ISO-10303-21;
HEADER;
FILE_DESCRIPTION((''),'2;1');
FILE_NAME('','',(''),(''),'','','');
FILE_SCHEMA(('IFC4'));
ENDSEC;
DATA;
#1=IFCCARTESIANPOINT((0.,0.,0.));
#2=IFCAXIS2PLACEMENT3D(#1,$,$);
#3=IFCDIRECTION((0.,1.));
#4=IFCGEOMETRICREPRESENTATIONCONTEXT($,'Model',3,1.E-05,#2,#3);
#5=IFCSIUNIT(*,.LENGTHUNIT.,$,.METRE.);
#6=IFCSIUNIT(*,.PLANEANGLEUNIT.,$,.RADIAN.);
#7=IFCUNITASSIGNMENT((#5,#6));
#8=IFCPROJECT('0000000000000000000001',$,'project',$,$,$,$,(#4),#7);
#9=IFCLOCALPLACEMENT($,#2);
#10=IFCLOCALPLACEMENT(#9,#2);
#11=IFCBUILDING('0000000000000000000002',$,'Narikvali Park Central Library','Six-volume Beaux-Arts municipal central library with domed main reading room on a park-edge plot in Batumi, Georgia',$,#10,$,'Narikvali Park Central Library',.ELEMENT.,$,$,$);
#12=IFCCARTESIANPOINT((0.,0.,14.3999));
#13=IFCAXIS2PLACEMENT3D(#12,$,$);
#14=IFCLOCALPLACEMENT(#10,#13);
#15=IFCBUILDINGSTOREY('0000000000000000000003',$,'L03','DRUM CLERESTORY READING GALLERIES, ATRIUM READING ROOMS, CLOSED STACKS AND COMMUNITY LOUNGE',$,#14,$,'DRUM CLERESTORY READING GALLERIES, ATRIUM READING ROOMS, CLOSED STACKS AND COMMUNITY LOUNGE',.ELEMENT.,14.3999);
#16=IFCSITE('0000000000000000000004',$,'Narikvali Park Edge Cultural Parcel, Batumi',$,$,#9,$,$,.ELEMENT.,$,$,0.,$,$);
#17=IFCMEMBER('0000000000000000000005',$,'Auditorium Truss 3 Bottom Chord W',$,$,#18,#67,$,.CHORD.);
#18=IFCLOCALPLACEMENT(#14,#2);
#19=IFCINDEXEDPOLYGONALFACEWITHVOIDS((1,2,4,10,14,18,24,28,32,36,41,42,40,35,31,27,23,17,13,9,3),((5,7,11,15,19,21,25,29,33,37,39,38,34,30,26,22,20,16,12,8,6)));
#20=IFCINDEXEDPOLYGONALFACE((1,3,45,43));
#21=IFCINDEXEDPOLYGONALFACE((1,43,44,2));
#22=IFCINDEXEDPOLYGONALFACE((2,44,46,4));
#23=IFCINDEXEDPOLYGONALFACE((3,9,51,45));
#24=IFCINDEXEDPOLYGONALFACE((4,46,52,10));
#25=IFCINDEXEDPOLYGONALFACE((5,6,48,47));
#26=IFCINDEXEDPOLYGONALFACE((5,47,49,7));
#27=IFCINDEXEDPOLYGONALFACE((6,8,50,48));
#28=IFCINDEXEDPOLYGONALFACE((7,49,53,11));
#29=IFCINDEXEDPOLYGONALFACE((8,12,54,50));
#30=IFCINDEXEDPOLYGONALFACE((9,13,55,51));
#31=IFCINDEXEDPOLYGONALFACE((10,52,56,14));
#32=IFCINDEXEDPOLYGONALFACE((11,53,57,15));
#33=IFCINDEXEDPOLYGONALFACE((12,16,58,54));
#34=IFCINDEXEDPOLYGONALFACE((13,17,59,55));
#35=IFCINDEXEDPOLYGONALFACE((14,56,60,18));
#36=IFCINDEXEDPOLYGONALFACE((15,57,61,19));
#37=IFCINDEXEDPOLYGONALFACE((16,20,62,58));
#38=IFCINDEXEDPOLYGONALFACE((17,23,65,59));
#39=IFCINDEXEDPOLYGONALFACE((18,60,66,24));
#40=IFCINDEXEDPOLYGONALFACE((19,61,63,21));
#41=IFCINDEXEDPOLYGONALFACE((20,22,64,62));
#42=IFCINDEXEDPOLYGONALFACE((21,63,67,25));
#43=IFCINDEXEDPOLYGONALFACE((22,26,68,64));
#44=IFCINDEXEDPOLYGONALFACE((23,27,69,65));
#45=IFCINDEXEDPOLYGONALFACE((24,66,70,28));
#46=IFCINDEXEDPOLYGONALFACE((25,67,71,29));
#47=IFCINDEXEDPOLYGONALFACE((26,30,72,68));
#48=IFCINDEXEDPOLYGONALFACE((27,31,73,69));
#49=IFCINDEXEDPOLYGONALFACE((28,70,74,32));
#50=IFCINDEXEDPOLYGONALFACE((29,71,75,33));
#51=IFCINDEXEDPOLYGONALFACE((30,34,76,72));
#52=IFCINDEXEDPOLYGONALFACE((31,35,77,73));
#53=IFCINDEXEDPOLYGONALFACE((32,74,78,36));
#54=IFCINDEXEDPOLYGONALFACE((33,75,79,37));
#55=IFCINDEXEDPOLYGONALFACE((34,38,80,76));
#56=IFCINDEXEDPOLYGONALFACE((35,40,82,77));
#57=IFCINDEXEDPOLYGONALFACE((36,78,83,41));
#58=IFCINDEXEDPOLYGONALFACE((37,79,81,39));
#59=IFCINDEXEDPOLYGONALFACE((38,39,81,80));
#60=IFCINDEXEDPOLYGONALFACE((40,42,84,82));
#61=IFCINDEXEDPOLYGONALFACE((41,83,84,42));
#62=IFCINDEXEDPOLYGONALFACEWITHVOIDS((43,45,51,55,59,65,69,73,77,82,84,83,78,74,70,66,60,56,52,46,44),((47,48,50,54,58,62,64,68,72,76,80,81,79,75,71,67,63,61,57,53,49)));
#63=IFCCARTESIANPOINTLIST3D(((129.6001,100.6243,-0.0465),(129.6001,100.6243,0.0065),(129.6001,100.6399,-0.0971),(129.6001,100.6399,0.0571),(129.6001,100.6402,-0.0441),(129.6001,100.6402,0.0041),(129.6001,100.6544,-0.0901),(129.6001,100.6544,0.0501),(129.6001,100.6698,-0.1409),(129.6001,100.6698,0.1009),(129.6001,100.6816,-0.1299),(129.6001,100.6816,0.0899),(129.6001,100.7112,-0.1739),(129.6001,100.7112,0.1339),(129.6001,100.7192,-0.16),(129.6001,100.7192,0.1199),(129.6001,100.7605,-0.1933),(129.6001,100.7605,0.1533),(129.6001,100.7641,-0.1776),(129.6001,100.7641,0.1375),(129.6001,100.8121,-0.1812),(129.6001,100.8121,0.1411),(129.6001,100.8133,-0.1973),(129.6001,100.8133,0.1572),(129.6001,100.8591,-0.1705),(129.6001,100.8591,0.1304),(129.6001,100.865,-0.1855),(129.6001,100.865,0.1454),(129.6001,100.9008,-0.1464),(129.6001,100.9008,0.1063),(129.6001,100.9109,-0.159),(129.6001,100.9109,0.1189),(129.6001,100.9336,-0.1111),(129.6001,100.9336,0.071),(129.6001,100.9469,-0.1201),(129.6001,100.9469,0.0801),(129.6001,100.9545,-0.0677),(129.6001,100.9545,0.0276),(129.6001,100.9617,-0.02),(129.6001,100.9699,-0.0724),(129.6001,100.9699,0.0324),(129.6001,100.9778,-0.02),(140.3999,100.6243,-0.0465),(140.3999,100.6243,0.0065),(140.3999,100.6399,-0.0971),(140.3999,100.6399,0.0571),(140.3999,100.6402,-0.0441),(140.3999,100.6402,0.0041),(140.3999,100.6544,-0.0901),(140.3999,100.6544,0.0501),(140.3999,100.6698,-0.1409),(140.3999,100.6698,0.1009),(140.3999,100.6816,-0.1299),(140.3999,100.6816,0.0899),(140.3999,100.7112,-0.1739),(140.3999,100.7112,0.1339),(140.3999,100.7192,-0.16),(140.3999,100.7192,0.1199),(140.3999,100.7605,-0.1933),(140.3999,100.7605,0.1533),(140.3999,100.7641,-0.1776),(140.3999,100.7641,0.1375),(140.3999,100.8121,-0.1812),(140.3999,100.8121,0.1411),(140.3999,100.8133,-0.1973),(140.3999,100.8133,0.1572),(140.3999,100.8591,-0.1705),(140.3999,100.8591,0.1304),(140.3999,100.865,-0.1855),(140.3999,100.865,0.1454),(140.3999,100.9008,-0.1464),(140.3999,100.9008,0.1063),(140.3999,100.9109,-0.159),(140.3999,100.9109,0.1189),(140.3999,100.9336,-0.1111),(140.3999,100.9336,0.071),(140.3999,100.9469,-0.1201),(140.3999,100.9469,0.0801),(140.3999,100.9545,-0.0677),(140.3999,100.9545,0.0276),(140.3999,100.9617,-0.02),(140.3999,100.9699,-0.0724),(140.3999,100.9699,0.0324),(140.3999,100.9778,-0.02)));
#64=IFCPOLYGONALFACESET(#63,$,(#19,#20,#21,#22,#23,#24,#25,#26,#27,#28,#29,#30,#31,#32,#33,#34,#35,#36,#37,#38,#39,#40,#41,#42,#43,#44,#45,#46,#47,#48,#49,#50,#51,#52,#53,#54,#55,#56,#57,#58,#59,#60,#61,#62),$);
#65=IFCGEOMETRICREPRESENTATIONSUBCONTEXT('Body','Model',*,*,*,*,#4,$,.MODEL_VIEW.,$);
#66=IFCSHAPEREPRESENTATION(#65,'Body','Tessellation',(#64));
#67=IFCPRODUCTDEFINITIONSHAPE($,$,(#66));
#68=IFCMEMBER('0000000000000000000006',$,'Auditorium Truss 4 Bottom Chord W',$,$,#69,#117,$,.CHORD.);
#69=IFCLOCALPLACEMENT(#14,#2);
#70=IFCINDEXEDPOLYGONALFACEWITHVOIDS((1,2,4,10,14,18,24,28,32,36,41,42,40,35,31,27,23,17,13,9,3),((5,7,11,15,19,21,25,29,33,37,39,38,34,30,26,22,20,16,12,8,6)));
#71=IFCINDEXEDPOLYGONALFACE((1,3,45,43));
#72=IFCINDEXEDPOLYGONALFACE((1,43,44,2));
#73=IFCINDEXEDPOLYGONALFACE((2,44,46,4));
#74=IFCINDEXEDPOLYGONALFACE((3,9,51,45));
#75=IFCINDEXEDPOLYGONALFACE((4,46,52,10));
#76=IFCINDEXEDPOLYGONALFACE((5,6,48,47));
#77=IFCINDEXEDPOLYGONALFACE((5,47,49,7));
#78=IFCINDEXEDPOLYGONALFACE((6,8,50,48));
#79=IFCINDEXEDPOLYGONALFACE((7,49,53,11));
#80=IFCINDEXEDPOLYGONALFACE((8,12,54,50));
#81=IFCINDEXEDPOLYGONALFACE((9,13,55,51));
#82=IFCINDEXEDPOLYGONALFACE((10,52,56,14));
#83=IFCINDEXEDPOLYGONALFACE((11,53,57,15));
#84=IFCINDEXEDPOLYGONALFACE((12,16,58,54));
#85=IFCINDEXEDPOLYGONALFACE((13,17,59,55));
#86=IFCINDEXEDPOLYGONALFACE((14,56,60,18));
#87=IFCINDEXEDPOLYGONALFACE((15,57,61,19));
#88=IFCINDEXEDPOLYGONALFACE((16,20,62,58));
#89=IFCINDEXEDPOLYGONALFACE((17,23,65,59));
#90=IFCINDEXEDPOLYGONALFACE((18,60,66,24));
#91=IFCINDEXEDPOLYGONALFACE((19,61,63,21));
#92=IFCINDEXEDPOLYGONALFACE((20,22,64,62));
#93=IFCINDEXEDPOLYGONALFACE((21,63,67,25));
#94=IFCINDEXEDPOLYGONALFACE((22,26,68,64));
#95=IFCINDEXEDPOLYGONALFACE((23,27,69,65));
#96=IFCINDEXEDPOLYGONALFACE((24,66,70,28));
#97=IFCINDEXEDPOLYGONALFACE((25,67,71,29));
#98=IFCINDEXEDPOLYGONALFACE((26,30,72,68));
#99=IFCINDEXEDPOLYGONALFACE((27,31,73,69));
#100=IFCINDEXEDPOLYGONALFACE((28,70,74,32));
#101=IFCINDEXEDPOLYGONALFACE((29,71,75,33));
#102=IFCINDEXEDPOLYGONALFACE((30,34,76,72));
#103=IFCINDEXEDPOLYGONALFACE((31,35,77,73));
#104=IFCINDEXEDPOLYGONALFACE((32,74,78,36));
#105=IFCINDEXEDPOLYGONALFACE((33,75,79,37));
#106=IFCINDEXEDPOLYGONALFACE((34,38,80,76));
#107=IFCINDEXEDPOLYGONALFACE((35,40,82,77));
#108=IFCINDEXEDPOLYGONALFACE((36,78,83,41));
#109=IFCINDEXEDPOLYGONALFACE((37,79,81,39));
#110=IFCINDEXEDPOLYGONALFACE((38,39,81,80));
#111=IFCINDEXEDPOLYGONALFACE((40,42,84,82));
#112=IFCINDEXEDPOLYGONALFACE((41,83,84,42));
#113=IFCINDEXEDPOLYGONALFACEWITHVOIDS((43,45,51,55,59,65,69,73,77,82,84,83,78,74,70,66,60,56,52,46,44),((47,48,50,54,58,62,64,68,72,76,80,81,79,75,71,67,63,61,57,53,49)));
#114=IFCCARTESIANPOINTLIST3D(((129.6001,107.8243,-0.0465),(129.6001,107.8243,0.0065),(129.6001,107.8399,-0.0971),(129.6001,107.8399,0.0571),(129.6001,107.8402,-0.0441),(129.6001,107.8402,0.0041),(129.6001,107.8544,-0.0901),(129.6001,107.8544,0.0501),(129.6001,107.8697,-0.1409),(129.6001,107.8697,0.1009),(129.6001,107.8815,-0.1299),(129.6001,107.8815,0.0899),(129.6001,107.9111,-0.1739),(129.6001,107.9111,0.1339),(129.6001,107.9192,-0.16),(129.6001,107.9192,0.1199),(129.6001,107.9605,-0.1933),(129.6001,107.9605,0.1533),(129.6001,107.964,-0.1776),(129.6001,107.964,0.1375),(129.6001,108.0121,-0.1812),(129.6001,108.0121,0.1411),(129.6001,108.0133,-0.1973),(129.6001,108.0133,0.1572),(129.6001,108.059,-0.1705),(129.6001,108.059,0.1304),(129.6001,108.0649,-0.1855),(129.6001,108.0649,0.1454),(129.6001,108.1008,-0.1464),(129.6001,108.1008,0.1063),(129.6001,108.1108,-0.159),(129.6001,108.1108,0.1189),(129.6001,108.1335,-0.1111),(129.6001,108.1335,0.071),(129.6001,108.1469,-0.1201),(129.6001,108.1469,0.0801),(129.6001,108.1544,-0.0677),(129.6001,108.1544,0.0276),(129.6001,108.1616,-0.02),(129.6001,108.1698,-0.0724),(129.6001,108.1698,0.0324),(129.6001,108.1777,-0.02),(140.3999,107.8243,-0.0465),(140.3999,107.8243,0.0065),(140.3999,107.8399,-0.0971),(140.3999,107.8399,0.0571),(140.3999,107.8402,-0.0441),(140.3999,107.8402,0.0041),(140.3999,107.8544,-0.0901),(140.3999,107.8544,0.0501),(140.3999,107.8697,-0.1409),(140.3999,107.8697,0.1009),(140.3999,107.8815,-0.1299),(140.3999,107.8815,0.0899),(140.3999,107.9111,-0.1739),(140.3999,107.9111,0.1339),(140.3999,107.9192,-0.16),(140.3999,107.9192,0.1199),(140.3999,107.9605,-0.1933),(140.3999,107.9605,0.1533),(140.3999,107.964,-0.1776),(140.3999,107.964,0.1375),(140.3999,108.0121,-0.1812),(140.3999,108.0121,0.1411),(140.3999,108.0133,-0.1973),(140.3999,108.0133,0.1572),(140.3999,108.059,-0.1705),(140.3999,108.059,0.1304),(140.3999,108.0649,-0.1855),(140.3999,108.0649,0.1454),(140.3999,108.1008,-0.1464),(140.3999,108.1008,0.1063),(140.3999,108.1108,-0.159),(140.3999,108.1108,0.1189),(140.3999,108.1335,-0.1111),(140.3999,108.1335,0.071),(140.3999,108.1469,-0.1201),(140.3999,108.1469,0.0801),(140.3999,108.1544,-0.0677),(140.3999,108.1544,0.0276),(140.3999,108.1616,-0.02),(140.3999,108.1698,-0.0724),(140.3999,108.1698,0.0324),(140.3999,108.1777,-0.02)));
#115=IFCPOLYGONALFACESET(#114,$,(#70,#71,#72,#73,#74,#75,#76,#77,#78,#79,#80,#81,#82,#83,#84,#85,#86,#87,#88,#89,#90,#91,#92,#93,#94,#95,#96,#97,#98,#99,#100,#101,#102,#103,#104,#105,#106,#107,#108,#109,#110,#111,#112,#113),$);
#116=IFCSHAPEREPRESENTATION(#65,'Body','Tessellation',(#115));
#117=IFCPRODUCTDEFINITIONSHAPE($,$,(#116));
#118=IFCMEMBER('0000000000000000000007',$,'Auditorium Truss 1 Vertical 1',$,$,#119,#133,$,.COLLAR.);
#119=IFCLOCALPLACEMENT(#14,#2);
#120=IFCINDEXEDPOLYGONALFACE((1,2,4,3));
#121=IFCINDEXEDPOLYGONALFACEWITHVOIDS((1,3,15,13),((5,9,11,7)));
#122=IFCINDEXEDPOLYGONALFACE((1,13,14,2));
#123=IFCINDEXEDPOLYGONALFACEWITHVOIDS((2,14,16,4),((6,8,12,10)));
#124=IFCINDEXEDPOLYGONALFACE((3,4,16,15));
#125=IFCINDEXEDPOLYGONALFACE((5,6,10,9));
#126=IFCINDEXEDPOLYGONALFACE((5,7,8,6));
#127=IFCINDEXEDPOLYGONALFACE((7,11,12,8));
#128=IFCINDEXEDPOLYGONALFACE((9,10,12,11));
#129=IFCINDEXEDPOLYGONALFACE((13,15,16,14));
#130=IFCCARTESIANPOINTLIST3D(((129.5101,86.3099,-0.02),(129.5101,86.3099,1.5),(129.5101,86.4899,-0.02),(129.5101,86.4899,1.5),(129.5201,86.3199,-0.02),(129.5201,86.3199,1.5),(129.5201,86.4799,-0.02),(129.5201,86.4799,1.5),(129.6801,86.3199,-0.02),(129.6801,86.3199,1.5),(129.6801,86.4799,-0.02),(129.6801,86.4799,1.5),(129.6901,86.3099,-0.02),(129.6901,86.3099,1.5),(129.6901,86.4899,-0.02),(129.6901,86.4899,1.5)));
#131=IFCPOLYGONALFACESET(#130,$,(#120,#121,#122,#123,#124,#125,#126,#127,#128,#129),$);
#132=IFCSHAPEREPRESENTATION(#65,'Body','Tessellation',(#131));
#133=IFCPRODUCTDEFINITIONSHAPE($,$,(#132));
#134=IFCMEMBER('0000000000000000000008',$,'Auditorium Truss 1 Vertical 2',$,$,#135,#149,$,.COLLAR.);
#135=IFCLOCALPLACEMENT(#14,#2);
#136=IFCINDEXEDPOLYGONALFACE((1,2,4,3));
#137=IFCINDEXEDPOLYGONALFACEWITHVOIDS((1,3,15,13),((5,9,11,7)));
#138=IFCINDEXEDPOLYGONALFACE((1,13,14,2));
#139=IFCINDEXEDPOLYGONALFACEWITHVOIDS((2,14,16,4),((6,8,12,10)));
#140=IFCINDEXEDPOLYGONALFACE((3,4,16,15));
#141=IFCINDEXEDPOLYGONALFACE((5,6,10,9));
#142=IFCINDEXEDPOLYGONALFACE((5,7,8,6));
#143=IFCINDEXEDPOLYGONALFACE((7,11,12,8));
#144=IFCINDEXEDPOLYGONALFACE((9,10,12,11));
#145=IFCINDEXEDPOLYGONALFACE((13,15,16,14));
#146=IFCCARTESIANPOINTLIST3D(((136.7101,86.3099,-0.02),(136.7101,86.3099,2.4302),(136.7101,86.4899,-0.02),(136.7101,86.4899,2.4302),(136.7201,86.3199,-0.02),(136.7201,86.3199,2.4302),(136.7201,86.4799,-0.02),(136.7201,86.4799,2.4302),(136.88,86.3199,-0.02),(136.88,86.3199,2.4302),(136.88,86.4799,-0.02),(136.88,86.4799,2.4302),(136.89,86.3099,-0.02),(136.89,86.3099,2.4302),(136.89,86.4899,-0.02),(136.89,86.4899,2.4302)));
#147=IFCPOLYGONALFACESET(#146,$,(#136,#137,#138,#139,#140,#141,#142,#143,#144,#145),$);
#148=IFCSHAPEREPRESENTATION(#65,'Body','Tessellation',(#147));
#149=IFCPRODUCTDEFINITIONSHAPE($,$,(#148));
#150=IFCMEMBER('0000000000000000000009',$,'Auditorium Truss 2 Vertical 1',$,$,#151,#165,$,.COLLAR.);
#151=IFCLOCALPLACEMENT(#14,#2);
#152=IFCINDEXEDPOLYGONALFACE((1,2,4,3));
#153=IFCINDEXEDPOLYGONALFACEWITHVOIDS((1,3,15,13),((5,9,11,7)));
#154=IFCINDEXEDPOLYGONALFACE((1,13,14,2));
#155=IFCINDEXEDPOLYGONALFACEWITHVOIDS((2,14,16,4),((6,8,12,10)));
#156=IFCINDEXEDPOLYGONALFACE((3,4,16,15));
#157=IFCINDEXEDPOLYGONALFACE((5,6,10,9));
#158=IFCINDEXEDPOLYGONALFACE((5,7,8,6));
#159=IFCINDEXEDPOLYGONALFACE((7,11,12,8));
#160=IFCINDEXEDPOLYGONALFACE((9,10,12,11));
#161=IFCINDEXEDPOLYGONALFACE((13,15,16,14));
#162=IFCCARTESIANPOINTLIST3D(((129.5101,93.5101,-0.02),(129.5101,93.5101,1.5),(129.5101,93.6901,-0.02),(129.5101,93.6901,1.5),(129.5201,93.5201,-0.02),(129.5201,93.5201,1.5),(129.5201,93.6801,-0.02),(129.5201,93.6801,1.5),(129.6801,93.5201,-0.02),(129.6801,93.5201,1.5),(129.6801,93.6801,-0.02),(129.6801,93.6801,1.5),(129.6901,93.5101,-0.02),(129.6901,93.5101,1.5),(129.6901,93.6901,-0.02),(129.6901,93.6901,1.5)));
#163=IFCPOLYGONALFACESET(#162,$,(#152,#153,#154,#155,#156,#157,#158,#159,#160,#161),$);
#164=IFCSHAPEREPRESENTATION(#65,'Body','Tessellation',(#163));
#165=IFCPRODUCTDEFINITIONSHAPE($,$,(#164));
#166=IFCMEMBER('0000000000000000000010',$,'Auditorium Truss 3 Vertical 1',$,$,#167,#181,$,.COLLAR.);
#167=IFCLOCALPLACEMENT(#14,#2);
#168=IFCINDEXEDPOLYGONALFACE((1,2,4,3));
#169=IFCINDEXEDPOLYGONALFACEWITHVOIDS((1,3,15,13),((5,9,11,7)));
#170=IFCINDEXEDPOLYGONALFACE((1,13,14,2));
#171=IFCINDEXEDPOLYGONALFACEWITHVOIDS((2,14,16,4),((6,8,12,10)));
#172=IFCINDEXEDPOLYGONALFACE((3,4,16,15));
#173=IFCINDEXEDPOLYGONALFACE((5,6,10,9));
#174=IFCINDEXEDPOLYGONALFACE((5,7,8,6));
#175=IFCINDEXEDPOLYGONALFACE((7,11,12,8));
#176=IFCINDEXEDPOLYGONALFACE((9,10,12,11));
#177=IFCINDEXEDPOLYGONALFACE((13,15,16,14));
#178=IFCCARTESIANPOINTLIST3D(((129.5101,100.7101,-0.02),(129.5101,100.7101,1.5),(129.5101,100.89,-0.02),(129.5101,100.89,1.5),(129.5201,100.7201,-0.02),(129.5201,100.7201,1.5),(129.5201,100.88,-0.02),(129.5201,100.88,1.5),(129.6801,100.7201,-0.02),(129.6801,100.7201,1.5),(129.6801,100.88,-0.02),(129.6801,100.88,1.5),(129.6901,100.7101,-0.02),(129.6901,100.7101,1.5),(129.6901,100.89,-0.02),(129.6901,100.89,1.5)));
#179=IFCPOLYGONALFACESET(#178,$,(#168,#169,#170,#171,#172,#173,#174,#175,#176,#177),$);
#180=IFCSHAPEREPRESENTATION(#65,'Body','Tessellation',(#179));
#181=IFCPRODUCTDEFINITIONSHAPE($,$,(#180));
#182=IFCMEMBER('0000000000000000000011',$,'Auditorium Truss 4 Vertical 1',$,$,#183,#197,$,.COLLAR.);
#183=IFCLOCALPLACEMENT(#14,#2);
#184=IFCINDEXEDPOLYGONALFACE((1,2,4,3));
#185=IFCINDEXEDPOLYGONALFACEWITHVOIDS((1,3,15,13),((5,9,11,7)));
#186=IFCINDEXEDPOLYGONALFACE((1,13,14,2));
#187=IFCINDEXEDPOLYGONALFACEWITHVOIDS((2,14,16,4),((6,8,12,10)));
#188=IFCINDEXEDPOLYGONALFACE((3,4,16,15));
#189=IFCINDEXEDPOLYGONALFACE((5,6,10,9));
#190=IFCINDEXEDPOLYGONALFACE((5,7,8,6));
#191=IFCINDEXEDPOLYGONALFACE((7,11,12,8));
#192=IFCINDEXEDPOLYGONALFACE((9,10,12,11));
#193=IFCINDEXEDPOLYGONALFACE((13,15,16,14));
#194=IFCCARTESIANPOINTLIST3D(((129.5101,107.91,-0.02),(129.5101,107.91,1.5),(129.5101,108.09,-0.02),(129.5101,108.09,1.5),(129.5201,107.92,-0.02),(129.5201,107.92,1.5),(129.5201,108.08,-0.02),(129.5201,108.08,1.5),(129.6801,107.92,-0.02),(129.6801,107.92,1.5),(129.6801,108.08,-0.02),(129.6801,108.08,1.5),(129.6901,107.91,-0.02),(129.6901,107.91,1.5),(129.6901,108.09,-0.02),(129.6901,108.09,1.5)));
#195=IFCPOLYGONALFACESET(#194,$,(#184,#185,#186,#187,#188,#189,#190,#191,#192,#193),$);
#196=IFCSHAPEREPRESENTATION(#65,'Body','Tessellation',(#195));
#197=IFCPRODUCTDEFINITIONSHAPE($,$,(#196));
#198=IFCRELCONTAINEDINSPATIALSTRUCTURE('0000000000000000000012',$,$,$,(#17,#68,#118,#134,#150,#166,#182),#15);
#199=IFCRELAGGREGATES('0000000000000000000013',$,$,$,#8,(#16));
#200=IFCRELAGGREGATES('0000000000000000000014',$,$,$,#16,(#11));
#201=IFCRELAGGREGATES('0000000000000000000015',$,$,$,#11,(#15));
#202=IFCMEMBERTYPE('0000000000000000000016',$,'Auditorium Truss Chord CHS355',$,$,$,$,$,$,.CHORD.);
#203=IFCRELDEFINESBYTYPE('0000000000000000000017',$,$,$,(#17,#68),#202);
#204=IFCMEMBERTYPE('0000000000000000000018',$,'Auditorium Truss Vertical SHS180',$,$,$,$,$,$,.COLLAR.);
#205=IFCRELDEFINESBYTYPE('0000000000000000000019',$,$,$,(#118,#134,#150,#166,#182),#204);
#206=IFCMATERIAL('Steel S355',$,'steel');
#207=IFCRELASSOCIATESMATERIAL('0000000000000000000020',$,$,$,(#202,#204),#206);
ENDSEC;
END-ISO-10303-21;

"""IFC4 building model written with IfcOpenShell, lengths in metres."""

from ifc_helpers import new_model, si_unit, direction, frame, origin, origin_2d, place, context, subcontext, project, spatial, hollow_rectangle, hollow_circle, extrude, material, material_profile, profile_set, type_object, element, save


model = new_model("IFC4")

# Units and contexts
model_context = context("Model", 3, precision=1e-05, world=origin(), true_north=direction((0.0, 1.0)))
body_context = subcontext(model_context, "Body", "Model", "MODEL_VIEW")
ifc_project = project(units=[si_unit("LENGTHUNIT", "METRE"), si_unit("PLANEANGLEUNIT", "RADIAN")], contexts=[model_context])

# Site, building, storey
site_placement = place(None, origin())
site = spatial("IfcSite", under=ifc_project, at=site_placement, Name="Narikvali Park Edge Cultural Parcel, Batumi", CompositionType="ELEMENT", RefElevation=0.0)
building_placement = place(site_placement, origin())
building = spatial("IfcBuilding", under=site, at=building_placement, Name="Narikvali Park Central Library", Description="Six-volume Beaux-Arts municipal central library with domed main reading room on a park-edge plot in Batumi, Georgia", LongName="Narikvali Park Central Library", CompositionType="ELEMENT")
storey_placement = place(building_placement, frame((0.0, 0.0, 14.3999)))
storey = spatial("IfcBuildingStorey", under=building, at=storey_placement, Name="L03", Description="DRUM CLERESTORY READING GALLERIES, ATRIUM READING ROOMS, CLOSED STACKS AND COMMUNITY LOUNGE", LongName="DRUM CLERESTORY READING GALLERIES, ATRIUM READING ROOMS, CLOSED STACKS AND COMMUNITY LOUNGE", CompositionType="ELEMENT", Elevation=14.3999)

# Shared definitions
ifc_material = material(Name="Steel S355", Category="steel")

# Members
ifc_material_profile_1 = material_profile(ifc_material, hollow_circle(Radius=0.1777, WallThickness=0.0161, at=origin_2d()), Name="CHS 355.6x16")
ifc_profile_set_1 = profile_set([ifc_material_profile_1], Name="Steel S355")
member_type_1 = type_object("IfcMemberType", Name="Auditorium Truss Chord CHS355", PredefinedType="CHORD", material=ifc_profile_set_1)
for number, where, z_axis, x_axis, name in (
    (1, (129.6001, 100.8, -0.02), (1.0, 0.0, 0.0), (0.0, 1.0, 0.0), "Auditorium Truss 3 Bottom Chord W"),
    (2, (129.6001, 108.0, -0.02), (1.0, 0.0, 0.0), (0.0, 1.0, 0.0), "Auditorium Truss 4 Bottom Chord W"),
):
    element("IfcMember", number, at=place(storey_placement, frame(where, z_axis=z_axis, x_axis=x_axis)), inside=storey, type_object=member_type_1, Name=name, PredefinedType="CHORD", context=body_context, shape_type="SweptSolid", body=[
        extrude(hollow_circle(Radius=0.1777, WallThickness=0.0161, at=origin_2d()), origin(), (0.0, 0.0, 1.0), 10.7998),
    ])
ifc_material_profile_2 = material_profile(ifc_material, hollow_rectangle(XDim=0.1799, YDim=0.1799, WallThickness=0.01, at=origin_2d()), Name="SHS 180x180x10")
ifc_profile_set_2 = profile_set([ifc_material_profile_2], Name="Steel S355")
member_type_2 = type_object("IfcMemberType", Name="Auditorium Truss Vertical SHS180", PredefinedType="COLLAR", material=ifc_profile_set_2)
member_1_placement = place(storey_placement, frame((129.6001, 86.3999, -0.02), z_axis=(0.0, 0.0, 1.0), x_axis=(1.0, 0.0, 0.0)))
element("IfcMember", 3, at=member_1_placement, inside=storey, type_object=member_type_2, Name="Auditorium Truss 1 Vertical 1", PredefinedType="COLLAR", context=body_context, shape_type="SweptSolid", body=[
    extrude(hollow_rectangle(XDim=0.1799, YDim=0.1799, WallThickness=0.01, at=origin_2d()), origin(), (0.0, 0.0, 1.0), 1.52),
])
member_2_placement = place(storey_placement, frame((136.8, 86.3999, -0.02), z_axis=(0.0, 0.0, 1.0), x_axis=(1.0, 0.0, 0.0)))
element("IfcMember", 4, at=member_2_placement, inside=storey, type_object=member_type_2, Name="Auditorium Truss 1 Vertical 2", PredefinedType="COLLAR", context=body_context, shape_type="SweptSolid", body=[
    extrude(hollow_rectangle(XDim=0.1799, YDim=0.1799, WallThickness=0.01, at=origin_2d()), origin(), (0.0, 0.0, 1.0), 2.4502),
])
for number, where, z_axis, x_axis, name in (
    (5, (129.6001, 93.6001, -0.02), (0.0, 0.0, 1.0), (1.0, 0.0, 0.0), "Auditorium Truss 2 Vertical 1"),
    (6, (129.6001, 100.8, -0.02), (0.0, 0.0, 1.0), (1.0, 0.0, 0.0), "Auditorium Truss 3 Vertical 1"),
    (7, (129.6001, 108.0, -0.02), (0.0, 0.0, 1.0), (1.0, 0.0, 0.0), "Auditorium Truss 4 Vertical 1"),
):
    element("IfcMember", number, at=place(storey_placement, frame(where, z_axis=z_axis, x_axis=x_axis)), inside=storey, type_object=member_type_2, Name=name, PredefinedType="COLLAR", context=body_context, shape_type="SweptSolid", body=[
        extrude(hollow_rectangle(XDim=0.1799, YDim=0.1799, WallThickness=0.01, at=origin_2d()), origin(), (0.0, 0.0, 1.0), 1.52),
    ])

save(model, "model.ifc")
